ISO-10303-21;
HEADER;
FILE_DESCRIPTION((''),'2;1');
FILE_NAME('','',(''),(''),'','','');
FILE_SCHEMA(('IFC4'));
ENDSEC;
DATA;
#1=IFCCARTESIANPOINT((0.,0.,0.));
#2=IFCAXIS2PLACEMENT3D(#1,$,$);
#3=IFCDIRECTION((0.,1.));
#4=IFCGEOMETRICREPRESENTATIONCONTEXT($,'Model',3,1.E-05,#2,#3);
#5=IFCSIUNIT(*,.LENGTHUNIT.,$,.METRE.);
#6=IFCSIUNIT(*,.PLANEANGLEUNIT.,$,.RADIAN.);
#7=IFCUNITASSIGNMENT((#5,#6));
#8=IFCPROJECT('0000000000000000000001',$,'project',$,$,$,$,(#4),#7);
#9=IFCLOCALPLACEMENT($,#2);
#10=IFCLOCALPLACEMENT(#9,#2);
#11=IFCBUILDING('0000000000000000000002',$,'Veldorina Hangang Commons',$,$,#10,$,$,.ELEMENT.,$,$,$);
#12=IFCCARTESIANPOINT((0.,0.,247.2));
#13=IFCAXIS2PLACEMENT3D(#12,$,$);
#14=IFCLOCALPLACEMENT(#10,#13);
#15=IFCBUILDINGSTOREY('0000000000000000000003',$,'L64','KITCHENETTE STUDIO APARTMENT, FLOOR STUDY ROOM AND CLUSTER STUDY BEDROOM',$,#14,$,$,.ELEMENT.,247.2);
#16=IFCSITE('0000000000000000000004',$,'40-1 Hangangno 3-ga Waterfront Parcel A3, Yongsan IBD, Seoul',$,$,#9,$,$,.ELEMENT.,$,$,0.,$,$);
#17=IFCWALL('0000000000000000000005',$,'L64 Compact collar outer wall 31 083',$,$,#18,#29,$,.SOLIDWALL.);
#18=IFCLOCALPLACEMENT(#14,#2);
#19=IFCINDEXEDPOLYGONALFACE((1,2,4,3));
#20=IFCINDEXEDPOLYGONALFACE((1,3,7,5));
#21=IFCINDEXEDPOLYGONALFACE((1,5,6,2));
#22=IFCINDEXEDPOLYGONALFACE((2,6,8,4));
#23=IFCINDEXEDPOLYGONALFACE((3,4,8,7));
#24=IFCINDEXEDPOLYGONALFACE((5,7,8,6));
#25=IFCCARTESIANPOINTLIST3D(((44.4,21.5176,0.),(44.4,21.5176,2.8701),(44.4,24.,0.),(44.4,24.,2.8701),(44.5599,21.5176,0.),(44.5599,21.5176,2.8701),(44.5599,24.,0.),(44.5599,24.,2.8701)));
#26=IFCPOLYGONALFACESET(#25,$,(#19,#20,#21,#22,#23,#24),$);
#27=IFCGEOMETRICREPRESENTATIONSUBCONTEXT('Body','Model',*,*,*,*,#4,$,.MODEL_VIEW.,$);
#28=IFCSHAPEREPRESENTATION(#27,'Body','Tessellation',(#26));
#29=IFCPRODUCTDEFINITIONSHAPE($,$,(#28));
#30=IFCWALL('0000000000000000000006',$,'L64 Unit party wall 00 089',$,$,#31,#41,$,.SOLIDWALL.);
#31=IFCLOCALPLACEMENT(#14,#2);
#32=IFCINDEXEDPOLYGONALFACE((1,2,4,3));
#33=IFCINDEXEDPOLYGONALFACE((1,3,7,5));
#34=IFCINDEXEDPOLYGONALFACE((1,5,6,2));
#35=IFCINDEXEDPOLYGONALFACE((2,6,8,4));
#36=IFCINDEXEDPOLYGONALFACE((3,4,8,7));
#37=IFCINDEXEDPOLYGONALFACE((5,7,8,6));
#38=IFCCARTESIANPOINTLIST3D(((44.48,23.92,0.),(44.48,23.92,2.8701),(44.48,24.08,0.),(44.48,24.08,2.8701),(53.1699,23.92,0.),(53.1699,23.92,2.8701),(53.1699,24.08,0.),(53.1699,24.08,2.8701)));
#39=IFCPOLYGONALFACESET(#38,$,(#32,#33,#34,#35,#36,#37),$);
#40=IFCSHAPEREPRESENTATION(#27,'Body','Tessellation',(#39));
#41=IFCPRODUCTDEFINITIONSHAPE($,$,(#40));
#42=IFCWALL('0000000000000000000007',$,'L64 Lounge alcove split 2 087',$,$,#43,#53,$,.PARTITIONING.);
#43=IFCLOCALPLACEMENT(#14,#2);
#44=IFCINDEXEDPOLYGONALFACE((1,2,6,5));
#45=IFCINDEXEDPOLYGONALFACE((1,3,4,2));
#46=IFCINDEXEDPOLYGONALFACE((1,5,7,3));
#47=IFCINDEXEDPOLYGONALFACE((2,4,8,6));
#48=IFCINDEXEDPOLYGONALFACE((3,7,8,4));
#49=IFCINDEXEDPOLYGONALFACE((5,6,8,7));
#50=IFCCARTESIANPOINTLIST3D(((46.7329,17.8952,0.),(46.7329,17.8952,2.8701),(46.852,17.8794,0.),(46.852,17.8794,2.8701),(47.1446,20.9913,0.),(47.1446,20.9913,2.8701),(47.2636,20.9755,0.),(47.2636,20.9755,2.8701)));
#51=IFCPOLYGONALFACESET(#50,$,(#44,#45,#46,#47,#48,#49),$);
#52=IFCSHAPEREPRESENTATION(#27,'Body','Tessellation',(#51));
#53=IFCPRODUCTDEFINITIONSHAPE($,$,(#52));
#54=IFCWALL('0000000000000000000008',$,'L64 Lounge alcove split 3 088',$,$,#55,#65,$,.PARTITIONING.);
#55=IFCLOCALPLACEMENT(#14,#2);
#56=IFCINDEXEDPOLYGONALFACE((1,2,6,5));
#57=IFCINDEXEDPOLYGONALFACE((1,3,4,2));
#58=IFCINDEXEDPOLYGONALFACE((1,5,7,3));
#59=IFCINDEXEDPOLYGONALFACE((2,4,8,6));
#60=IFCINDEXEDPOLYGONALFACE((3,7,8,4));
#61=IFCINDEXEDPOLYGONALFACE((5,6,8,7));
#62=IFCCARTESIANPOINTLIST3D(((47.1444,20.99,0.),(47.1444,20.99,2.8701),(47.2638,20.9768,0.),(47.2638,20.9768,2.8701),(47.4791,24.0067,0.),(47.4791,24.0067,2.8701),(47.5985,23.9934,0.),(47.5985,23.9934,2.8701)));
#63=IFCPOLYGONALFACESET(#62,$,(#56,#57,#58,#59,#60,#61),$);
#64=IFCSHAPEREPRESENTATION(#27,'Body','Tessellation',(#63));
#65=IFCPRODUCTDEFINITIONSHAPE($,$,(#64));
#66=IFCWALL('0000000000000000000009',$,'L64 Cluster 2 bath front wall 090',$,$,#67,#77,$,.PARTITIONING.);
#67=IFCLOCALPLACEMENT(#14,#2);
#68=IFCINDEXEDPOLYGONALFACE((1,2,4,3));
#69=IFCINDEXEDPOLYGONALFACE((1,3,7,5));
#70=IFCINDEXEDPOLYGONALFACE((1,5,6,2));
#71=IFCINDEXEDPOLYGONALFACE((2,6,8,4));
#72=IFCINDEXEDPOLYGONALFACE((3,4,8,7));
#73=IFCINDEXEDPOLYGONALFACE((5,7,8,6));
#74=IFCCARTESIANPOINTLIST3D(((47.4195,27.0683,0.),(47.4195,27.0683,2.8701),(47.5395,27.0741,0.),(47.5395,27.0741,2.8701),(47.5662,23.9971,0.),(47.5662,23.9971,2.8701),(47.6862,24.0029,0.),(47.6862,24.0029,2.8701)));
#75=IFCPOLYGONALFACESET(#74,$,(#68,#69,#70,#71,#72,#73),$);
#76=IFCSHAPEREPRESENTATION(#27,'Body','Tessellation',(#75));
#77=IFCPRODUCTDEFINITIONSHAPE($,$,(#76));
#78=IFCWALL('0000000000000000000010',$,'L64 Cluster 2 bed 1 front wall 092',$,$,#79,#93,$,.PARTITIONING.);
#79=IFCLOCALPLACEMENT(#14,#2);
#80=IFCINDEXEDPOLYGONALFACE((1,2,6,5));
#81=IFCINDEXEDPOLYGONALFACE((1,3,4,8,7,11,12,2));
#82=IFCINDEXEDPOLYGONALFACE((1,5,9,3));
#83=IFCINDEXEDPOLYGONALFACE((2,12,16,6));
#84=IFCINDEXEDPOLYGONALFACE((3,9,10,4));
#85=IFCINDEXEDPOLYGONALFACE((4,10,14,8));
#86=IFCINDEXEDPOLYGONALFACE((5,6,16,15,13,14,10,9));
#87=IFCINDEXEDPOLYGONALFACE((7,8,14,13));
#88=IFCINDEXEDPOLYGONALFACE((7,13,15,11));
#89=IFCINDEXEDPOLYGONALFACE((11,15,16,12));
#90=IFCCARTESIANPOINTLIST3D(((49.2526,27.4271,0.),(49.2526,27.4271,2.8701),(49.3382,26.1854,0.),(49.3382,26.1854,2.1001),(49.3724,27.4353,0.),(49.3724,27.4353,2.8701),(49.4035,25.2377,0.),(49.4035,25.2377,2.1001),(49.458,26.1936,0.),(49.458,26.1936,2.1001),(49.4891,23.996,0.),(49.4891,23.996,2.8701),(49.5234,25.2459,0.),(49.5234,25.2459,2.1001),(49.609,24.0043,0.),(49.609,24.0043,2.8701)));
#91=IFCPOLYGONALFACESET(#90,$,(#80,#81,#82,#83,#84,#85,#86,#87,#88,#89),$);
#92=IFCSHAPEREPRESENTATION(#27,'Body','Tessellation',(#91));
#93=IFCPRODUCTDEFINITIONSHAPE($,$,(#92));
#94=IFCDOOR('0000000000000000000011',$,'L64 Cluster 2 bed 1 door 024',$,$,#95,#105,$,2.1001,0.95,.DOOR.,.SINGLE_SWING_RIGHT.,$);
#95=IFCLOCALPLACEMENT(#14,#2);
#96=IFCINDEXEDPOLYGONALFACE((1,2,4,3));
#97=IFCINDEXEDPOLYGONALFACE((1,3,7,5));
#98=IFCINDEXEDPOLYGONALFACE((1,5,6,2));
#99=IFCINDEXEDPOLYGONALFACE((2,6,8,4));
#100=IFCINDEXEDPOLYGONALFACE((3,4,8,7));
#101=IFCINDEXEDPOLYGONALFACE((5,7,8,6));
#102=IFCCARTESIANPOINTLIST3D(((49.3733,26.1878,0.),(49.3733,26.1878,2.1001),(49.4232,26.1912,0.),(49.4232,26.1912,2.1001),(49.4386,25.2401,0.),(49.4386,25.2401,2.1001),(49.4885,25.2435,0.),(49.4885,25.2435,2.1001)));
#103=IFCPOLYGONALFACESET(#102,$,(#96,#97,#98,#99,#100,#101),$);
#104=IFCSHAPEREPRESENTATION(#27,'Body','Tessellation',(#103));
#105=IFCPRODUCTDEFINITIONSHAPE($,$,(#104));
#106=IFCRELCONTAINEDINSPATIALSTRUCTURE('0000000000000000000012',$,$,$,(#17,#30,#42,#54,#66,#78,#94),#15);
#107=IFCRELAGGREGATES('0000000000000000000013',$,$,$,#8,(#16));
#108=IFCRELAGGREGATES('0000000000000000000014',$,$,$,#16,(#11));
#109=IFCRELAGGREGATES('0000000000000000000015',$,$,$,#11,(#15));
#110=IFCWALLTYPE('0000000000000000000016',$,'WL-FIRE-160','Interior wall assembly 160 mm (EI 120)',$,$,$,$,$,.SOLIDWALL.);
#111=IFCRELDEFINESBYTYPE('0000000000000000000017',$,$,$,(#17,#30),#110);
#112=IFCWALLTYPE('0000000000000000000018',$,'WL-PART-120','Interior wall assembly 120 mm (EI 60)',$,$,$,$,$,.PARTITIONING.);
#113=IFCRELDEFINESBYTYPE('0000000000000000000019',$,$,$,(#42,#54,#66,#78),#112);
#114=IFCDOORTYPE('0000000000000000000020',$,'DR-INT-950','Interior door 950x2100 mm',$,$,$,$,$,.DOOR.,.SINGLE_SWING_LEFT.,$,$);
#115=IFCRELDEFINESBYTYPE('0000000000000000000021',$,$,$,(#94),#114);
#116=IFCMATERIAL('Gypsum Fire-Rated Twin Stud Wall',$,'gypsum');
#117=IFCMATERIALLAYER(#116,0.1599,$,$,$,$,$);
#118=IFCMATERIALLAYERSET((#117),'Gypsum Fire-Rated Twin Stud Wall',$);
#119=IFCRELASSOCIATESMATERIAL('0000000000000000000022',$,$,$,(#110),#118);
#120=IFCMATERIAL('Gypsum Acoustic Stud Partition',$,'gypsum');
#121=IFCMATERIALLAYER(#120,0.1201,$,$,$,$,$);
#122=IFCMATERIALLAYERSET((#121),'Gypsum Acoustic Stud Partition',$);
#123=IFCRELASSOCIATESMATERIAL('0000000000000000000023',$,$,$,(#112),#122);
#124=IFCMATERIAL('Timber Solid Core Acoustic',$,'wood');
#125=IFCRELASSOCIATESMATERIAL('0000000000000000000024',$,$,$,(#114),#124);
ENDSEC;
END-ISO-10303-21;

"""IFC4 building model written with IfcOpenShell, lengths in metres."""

from ifc_helpers import new_model, si_unit, direction, frame, frame_2d, origin, place, context, subcontext, project, spatial, rectangle, extrude, material, layer, layer_set, type_object, element, fill, save


model = new_model("IFC4")

# Units and contexts
model_context = context("Model", 3, precision=1e-05, world=origin(), true_north=direction((0.0, 1.0)))
body_context = subcontext(model_context, "Body", "Model", "MODEL_VIEW")
ifc_project = project(units=[si_unit("LENGTHUNIT", "METRE"), si_unit("PLANEANGLEUNIT", "RADIAN")], contexts=[model_context])

# Site, building, storey
site_placement = place(None, origin())
site = spatial("IfcSite", under=ifc_project, at=site_placement, Name="40-1 Hangangno 3-ga Waterfront Parcel A3, Yongsan IBD, Seoul", CompositionType="ELEMENT", RefElevation=0.0)
building_placement = place(site_placement, origin())
building = spatial("IfcBuilding", under=site, at=building_placement, Name="Veldorina Hangang Commons", CompositionType="ELEMENT")
storey_placement = place(building_placement, frame((0.0, 0.0, 247.2)))
storey = spatial("IfcBuildingStorey", under=building, at=storey_placement, Name="L64", Description="KITCHENETTE STUDIO APARTMENT, FLOOR STUDY ROOM AND CLUSTER STUDY BEDROOM", CompositionType="ELEMENT", Elevation=247.2)

# Shared definitions
ifc_material_1 = material(Name="Gypsum Fire-Rated Twin Stud Wall", Category="gypsum")
ifc_layer_1 = layer(ifc_material_1, 0.1599)
ifc_layer_set_1 = layer_set([ifc_layer_1], Name="Gypsum Fire-Rated Twin Stud Wall")
wall_type_1 = type_object("IfcWallType", Name="WL-FIRE-160", Description="Interior wall assembly 160 mm (EI 120)", PredefinedType="SOLIDWALL", material=ifc_layer_set_1)

# Shared definitions
ifc_material_2 = material(Name="Timber Solid Core Acoustic", Category="wood")

# Walls
wall_1_placement = place(storey_placement, frame((44.48, 21.5176, 0.0), z_axis=(0.0, 0.0, 1.0), x_axis=(0.0, 1.0, 0.0)))
element("IfcWall", 1, at=wall_1_placement, inside=storey, type_object=wall_type_1, Name="L64 Compact collar outer wall 31 083", PredefinedType="SOLIDWALL", context=body_context, shape_type="SweptSolid", body=[
    extrude(rectangle(XDim=2.4824, YDim=0.1599, at=frame_2d((1.2412, 0.0))), origin(), (0.0, 0.0, 1.0), 2.8701),
])
wall_2_placement = place(storey_placement, frame((44.48, 24.0, 0.0), z_axis=(0.0, 0.0, 1.0), x_axis=(1.0, 0.0, 0.0)))
element("IfcWall", 2, at=wall_2_placement, inside=storey, type_object=wall_type_1, Name="L64 Unit party wall 00 089", PredefinedType="SOLIDWALL", context=body_context, shape_type="SweptSolid", body=[
    extrude(rectangle(XDim=8.6899, YDim=0.1599, at=frame_2d((4.345, 0.0))), origin(), (0.0, 0.0, 1.0), 2.8701),
])
ifc_material_3 = material(Name="Gypsum Acoustic Stud Partition", Category="gypsum")
ifc_layer_2 = layer(ifc_material_3, 0.1201)
ifc_layer_set_2 = layer_set([ifc_layer_2], Name="Gypsum Acoustic Stud Partition")
wall_type_2 = type_object("IfcWallType", Name="WL-PART-120", Description="Interior wall assembly 120 mm (EI 60)", PredefinedType="PARTITIONING", material=ifc_layer_set_2)
wall_3_placement = place(storey_placement, frame((46.7925, 17.8875, 0.0), z_axis=(0.0, 0.0, 1.0), x_axis=(0.131795, 0.991277, 0.0)))
element("IfcWall", 3, at=wall_3_placement, inside=storey, type_object=wall_type_2, Name="L64 Lounge alcove split 2 087", PredefinedType="PARTITIONING", context=body_context, shape_type="SweptSolid", body=[
    extrude(rectangle(XDim=3.1233, YDim=0.1201, at=frame_2d((1.5615, 0.0))), origin(), (0.0, 0.0, 1.0), 2.8701),
])
wall_4_placement = place(storey_placement, frame((47.2041, 20.9834, 0.0), z_axis=(0.0, 0.0, 1.0), x_axis=(0.110281, 0.9939, 0.0)))
element("IfcWall", 4, at=wall_4_placement, inside=storey, type_object=wall_type_2, Name="L64 Lounge alcove split 3 088", PredefinedType="PARTITIONING", context=body_context, shape_type="SweptSolid", body=[
    extrude(rectangle(XDim=3.0352, YDim=0.1201, at=frame_2d((1.5176, 0.0))), origin(), (0.0, 0.0, 1.0), 2.8701),
])
wall_5_placement = place(storey_placement, frame((47.6262, 24.0, 0.0), z_axis=(0.0, 0.0, 1.0), x_axis=(-0.04772, 0.998861, 0.0)))
element("IfcWall", 5, at=wall_5_placement, inside=storey, type_object=wall_type_2, Name="L64 Cluster 2 bath front wall 090", PredefinedType="PARTITIONING", context=body_context, shape_type="SweptSolid", body=[
    extrude(rectangle(XDim=3.0747, YDim=0.1201, at=frame_2d((1.5374, 0.0))), origin(), (0.0, 0.0, 1.0), 2.8701),
])

# Wall, opening, door
wall_6_placement = place(storey_placement, frame((49.5491, 24.0, 0.0), z_axis=(0.0, 0.0, 1.0), x_axis=(-0.068785, 0.997632, 0.0)))
wall_6 = element("IfcWall", 6, at=wall_6_placement, inside=storey, type_object=wall_type_2, Name="L64 Cluster 2 bed 1 front wall 092", PredefinedType="PARTITIONING", context=body_context, shape_type="SweptSolid", body=[
    extrude(rectangle(XDim=3.4392, YDim=0.1201, at=frame_2d((1.7197, 0.0))), origin(), (0.0, 0.0, 1.0), 2.8701),
])
opening_1_placement = place(wall_6_placement, frame((1.2446, 0.0, 0.0)))
opening_1 = element("IfcOpeningElement", 7, at=opening_1_placement, cuts=wall_6, PredefinedType="OPENING", context=body_context, shape_type="SweptSolid", body=[
    extrude(rectangle(XDim=0.95, YDim=2.1001, at=frame_2d((0.4751, 1.05))), frame((0.0, 0.0701, 0.0), z_axis=(0.0, -1.0, 0.0), x_axis=(1.0, 0.0, 0.0)), (0.0, 0.0, 1.0), 0.1401),
])
door_type_1 = type_object("IfcDoorType", Name="DR-INT-950", Description="Interior door 950x2100 mm", OperationType="SINGLE_SWING_LEFT", PredefinedType="DOOR", material=ifc_material_2)
door_1_placement = place(opening_1_placement, origin())
door_1 = element("IfcDoor", 8, at=door_1_placement, inside=storey, type_object=door_type_1, Name="L64 Cluster 2 bed 1 door 024", OperationType="SINGLE_SWING_RIGHT", OverallHeight=2.1001, OverallWidth=0.95, PredefinedType="DOOR", context=body_context, shape_type="SweptSolid", body=[
    extrude(rectangle(XDim=0.95, YDim=2.1001, at=frame_2d((0.4751, 1.05))), frame((0.0, 0.0249, 0.0), z_axis=(0.0, -1.0, 0.0), x_axis=(1.0, 0.0, 0.0)), (0.0, 0.0, 1.0), 0.05),
])
fill(opening_1, door_1)

save(model, "model.ifc")
